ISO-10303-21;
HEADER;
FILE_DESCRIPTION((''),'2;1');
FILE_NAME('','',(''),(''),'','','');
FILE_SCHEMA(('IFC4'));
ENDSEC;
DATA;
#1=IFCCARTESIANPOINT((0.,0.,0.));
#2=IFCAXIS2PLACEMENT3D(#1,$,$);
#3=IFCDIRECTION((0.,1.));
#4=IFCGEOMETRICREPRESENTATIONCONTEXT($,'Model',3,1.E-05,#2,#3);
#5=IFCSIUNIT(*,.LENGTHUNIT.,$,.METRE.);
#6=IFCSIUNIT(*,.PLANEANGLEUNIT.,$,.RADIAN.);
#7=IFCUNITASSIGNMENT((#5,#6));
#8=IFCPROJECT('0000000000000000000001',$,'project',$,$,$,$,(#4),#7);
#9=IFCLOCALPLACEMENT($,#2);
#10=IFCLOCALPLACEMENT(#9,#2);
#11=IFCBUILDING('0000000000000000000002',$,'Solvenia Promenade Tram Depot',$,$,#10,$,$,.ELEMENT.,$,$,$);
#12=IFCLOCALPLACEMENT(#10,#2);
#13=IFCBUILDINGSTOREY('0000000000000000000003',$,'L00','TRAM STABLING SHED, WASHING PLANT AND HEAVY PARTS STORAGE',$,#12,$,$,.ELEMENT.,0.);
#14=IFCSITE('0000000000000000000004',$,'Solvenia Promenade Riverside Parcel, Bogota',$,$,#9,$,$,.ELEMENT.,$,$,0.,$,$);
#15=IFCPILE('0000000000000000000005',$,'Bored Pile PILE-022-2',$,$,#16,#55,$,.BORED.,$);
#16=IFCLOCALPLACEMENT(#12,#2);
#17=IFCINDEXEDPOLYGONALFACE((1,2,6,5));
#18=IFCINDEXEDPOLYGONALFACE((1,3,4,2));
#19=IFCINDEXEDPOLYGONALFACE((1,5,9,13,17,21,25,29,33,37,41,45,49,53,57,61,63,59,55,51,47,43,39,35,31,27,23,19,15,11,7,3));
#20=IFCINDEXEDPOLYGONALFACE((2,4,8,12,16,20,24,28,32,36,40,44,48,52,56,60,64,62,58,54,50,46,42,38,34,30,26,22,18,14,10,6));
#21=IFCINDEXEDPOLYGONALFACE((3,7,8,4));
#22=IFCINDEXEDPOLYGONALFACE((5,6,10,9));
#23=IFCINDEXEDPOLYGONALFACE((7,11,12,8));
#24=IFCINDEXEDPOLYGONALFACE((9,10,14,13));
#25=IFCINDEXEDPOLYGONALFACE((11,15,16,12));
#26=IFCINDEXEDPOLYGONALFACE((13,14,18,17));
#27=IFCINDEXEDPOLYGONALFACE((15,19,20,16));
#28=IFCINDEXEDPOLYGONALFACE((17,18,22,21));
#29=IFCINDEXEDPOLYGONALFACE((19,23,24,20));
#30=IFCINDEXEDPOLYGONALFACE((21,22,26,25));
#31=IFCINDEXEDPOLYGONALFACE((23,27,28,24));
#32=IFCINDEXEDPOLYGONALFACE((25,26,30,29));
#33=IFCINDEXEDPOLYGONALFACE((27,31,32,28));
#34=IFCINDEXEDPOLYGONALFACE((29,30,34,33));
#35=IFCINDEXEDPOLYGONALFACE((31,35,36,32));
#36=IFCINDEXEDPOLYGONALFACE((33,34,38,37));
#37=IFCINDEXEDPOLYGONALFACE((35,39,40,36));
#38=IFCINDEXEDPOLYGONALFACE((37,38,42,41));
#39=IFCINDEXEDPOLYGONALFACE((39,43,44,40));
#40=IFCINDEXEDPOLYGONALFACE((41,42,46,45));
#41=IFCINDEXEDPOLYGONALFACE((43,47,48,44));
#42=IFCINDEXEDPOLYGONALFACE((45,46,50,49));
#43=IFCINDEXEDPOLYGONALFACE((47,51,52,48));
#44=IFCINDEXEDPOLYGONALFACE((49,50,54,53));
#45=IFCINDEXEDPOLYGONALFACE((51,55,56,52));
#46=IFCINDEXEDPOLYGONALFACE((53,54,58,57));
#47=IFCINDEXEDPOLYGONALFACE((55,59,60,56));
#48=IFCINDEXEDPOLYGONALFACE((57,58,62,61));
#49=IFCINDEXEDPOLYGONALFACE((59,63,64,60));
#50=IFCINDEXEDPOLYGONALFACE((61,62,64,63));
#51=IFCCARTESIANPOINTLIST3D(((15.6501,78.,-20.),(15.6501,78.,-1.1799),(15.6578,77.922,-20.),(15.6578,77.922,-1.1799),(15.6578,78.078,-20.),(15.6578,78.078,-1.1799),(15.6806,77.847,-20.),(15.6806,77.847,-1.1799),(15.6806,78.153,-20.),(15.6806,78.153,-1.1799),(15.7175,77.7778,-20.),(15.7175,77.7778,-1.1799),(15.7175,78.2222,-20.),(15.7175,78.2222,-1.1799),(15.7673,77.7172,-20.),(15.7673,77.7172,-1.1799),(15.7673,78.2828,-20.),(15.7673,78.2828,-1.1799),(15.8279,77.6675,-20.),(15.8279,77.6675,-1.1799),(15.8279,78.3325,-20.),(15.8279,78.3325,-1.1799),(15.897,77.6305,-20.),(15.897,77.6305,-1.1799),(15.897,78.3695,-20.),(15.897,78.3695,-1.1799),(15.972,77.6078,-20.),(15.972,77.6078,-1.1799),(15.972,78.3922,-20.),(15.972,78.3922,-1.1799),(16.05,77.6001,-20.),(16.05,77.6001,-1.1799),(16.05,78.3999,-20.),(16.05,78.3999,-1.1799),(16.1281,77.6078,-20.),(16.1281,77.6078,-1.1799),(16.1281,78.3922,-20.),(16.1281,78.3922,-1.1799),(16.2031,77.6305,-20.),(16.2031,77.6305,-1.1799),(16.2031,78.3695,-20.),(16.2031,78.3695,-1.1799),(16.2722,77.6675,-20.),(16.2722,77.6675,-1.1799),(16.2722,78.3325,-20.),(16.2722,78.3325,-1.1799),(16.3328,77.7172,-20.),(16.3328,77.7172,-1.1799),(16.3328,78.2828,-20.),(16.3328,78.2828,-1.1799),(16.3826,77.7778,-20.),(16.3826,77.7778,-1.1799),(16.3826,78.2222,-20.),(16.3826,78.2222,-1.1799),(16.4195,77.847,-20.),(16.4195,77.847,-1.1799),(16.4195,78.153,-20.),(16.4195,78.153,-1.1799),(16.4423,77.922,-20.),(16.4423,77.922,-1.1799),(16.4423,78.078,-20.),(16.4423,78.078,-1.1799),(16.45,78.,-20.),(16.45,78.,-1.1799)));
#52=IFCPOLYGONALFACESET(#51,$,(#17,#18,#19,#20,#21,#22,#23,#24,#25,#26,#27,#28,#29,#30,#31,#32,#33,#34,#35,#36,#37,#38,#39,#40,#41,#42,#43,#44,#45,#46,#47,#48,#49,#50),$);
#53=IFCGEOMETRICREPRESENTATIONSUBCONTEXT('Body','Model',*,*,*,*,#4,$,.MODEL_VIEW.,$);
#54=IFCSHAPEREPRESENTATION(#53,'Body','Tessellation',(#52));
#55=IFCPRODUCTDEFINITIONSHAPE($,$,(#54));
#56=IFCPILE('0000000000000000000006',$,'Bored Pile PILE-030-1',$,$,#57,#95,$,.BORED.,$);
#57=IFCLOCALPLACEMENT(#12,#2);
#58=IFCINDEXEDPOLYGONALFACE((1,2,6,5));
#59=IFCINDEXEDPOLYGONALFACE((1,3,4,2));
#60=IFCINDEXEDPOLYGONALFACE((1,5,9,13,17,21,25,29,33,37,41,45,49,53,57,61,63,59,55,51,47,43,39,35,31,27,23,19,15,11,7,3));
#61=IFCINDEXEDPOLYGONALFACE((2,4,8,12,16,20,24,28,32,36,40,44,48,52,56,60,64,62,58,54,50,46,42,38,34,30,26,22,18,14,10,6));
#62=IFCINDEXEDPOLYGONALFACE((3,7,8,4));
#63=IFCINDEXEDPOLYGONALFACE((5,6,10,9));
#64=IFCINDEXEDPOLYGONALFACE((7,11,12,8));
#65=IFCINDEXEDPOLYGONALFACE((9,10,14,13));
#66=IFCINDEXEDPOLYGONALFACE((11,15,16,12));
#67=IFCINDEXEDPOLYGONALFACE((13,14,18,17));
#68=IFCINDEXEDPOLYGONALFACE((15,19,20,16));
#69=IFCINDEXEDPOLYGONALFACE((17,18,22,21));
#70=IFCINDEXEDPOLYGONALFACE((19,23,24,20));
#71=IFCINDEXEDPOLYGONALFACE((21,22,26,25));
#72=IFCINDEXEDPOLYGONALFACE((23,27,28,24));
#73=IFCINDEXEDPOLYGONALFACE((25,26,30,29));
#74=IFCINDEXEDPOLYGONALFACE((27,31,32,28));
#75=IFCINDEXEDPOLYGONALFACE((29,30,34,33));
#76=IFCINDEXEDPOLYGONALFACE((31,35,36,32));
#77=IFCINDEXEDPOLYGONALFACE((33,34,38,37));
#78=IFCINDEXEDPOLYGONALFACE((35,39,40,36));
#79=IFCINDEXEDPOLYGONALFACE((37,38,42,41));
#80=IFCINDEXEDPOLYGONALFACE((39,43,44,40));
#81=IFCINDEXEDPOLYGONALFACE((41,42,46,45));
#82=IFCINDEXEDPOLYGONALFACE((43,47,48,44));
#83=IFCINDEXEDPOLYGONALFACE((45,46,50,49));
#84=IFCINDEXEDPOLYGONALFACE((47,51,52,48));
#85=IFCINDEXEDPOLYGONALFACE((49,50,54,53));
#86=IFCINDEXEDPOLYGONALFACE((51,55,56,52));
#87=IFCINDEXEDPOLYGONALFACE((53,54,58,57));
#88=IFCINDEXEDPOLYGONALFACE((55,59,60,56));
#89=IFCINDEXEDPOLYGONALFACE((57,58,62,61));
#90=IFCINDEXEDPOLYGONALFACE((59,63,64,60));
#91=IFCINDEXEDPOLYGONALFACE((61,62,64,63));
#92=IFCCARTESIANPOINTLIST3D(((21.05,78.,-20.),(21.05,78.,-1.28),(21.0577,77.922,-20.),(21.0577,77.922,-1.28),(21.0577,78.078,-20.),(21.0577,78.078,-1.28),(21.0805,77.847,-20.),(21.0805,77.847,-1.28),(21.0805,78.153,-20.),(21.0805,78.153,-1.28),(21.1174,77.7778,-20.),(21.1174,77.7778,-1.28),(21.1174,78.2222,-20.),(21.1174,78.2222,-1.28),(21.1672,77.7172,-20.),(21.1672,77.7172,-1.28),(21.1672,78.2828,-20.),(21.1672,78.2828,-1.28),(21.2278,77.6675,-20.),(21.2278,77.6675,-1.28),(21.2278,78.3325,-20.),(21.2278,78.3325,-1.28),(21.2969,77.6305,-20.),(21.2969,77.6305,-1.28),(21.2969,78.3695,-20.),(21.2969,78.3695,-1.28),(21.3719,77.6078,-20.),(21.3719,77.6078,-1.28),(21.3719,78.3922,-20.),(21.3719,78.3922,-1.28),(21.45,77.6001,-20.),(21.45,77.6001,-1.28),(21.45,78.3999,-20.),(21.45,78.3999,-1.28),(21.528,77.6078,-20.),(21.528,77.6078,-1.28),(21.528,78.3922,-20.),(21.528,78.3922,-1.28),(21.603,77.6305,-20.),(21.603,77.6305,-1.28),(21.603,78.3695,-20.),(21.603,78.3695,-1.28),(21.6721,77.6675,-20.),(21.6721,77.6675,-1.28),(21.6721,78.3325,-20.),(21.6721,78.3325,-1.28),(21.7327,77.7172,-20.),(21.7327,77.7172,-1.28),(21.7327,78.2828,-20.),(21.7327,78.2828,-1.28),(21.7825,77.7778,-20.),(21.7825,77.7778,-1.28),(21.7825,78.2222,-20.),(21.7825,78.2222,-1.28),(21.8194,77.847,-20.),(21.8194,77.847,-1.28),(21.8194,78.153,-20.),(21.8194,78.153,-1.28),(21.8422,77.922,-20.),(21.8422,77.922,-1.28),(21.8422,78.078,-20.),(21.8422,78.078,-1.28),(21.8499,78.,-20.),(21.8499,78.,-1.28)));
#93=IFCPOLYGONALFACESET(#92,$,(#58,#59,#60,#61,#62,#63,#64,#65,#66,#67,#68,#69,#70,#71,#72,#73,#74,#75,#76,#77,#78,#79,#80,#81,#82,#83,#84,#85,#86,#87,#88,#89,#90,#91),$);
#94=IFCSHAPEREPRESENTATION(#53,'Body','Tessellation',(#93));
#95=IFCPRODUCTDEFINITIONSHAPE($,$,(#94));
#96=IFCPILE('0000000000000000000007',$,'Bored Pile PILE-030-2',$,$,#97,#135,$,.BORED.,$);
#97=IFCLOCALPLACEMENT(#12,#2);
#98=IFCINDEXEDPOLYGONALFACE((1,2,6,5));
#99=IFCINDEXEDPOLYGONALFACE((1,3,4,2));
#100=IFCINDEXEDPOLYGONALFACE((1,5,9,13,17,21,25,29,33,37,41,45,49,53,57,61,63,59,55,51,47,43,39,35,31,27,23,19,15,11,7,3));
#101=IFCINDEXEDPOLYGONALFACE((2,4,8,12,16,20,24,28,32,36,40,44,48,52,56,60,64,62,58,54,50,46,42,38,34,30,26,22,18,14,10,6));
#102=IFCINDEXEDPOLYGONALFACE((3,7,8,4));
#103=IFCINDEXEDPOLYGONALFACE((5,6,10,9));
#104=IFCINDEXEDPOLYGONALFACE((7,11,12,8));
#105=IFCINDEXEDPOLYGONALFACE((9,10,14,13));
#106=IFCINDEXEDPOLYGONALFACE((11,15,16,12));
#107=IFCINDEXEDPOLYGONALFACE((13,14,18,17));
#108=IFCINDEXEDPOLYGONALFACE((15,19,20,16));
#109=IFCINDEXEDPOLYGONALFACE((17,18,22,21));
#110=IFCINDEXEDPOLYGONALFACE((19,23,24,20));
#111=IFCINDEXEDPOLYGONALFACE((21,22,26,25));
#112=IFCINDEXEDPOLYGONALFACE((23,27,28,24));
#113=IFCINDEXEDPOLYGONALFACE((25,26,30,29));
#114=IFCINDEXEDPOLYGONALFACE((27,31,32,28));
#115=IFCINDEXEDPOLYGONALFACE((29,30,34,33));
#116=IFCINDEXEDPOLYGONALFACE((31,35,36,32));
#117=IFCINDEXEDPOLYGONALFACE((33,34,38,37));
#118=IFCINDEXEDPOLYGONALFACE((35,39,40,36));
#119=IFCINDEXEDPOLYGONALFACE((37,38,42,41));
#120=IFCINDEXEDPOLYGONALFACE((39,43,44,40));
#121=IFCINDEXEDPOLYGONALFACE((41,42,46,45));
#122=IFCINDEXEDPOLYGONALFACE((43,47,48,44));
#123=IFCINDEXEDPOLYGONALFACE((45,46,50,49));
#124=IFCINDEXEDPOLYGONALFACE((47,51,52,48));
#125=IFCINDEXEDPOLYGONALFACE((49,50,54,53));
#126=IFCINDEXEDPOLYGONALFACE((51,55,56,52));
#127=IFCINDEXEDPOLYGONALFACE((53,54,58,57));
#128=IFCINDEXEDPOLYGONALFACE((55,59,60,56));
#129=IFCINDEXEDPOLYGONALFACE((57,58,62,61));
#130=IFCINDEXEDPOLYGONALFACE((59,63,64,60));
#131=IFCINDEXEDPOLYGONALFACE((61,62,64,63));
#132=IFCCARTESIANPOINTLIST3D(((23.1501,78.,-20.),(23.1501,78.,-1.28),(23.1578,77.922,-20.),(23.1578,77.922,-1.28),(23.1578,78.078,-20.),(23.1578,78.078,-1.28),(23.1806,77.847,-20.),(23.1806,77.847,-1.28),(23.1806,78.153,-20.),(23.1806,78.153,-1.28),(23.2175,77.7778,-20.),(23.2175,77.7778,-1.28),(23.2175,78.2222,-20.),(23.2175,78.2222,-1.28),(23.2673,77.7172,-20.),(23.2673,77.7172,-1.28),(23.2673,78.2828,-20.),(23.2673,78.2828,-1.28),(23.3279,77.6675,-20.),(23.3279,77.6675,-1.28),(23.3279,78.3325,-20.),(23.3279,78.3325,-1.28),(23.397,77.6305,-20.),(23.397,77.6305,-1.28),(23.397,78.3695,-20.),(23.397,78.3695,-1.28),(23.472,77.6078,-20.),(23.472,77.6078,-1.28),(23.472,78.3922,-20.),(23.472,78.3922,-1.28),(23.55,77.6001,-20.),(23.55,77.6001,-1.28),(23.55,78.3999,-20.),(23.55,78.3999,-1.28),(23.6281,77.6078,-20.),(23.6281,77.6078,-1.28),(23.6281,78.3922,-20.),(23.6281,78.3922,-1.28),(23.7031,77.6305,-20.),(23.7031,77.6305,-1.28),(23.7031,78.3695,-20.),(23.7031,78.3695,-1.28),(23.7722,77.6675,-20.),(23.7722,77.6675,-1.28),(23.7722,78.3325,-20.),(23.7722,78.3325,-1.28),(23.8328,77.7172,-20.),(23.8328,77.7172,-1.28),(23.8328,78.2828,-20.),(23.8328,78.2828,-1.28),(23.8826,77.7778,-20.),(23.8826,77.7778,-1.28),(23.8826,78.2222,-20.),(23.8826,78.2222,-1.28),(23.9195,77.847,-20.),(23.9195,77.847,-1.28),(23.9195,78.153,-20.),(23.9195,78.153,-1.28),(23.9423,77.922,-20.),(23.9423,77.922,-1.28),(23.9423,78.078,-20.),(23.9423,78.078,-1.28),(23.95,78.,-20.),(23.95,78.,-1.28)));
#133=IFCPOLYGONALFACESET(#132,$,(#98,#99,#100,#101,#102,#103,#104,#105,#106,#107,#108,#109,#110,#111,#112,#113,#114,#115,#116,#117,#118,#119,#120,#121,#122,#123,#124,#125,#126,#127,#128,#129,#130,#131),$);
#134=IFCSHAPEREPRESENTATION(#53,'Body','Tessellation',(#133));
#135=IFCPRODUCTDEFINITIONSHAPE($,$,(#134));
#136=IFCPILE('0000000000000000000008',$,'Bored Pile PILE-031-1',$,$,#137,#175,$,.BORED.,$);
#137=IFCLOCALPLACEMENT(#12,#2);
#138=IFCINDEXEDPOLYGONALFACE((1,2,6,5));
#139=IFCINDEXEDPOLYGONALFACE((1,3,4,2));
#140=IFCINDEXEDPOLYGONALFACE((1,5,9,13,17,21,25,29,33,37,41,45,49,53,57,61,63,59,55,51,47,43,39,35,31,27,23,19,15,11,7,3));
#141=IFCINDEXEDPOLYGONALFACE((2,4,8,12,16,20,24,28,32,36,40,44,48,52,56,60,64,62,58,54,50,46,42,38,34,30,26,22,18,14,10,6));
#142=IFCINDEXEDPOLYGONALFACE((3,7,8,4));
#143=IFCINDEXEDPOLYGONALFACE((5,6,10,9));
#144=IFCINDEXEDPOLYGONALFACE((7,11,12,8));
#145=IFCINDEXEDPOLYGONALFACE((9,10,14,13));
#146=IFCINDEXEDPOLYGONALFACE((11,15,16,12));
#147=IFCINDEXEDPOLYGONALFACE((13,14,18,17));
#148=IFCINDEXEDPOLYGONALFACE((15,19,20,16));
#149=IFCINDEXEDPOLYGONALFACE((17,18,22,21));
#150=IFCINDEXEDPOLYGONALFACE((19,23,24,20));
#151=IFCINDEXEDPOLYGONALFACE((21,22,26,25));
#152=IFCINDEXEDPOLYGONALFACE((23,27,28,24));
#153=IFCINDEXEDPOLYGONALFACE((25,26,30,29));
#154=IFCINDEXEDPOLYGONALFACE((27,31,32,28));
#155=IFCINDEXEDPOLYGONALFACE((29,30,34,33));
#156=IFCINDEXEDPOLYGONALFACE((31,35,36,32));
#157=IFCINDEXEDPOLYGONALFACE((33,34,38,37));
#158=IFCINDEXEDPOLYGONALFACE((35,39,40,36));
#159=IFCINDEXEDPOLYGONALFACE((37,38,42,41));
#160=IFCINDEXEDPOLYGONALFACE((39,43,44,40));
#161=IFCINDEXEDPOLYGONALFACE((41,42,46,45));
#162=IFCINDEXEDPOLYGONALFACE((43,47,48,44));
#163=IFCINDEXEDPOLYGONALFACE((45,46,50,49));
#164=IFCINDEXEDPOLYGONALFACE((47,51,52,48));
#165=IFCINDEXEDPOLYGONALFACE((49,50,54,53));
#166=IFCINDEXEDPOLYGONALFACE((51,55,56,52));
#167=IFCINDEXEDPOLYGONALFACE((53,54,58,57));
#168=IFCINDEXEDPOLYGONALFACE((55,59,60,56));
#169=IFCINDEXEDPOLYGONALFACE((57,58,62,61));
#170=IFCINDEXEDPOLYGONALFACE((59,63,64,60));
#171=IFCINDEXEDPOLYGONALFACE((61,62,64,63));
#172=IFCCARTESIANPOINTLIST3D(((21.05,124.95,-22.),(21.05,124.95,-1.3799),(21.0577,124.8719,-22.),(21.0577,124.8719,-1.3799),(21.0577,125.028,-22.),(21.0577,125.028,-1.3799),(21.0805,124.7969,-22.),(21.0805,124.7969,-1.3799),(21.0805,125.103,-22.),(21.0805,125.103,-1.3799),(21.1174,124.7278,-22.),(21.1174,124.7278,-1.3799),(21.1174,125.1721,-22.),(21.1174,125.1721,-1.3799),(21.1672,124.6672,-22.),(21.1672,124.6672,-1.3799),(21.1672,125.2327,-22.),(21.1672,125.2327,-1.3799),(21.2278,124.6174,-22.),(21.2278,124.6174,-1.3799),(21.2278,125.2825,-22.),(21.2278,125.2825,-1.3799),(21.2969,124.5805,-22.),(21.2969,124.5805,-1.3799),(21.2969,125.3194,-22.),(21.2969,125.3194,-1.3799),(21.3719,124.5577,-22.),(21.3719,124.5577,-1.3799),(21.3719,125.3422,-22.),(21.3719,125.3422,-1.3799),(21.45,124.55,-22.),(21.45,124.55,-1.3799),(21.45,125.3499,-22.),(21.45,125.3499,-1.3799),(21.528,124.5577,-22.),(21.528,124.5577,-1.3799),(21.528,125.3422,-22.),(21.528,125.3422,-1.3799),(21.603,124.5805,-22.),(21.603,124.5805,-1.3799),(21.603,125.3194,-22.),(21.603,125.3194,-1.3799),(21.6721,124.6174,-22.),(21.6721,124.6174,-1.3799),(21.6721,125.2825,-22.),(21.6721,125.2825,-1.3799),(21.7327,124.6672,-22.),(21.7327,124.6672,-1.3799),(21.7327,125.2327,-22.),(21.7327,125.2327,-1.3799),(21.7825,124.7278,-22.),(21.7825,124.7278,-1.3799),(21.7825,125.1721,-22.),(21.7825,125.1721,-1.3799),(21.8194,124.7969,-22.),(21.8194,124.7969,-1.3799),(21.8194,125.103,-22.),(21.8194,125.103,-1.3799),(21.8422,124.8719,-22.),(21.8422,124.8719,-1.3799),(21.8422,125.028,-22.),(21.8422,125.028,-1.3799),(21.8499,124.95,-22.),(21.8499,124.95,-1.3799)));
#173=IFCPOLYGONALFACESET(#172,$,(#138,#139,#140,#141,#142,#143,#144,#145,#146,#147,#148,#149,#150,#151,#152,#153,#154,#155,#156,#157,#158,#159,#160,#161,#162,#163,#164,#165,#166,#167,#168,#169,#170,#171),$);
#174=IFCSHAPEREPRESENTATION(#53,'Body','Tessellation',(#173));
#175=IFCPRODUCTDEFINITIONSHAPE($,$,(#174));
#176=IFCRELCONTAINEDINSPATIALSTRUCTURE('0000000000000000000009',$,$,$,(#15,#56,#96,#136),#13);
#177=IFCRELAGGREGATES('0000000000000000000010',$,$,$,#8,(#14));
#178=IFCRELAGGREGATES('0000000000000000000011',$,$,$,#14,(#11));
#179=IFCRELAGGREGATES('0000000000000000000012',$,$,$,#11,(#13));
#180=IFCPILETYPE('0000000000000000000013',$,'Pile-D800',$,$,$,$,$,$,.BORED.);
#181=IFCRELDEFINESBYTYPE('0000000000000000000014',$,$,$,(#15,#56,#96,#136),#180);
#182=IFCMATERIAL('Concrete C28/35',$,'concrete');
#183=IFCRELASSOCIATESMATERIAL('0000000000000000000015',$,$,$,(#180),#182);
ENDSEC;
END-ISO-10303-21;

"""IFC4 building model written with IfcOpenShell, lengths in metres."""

from ifc_helpers import new_model, si_unit, direction, frame, origin, origin_2d, place, context, subcontext, project, spatial, circle, extrude, material, material_profile, profile_set, type_object, element, save


model = new_model("IFC4")

# Units and contexts
model_context = context("Model", 3, precision=1e-05, world=origin(), true_north=direction((0.0, 1.0)))
body_context = subcontext(model_context, "Body", "Model", "MODEL_VIEW")
ifc_project = project(units=[si_unit("LENGTHUNIT", "METRE"), si_unit("PLANEANGLEUNIT", "RADIAN")], contexts=[model_context])

# Site, building, storey
site_placement = place(None, origin())
site = spatial("IfcSite", under=ifc_project, at=site_placement, Name="Solvenia Promenade Riverside Parcel, Bogota", CompositionType="ELEMENT", RefElevation=0.0)
building_placement = place(site_placement, origin())
building = spatial("IfcBuilding", under=site, at=building_placement, Name="Solvenia Promenade Tram Depot", CompositionType="ELEMENT")
storey_placement = place(building_placement, origin())
storey = spatial("IfcBuildingStorey", under=building, at=storey_placement, Name="L00", Description="TRAM STABLING SHED, WASHING PLANT AND HEAVY PARTS STORAGE", CompositionType="ELEMENT", Elevation=0.0)

# Shared definitions
ifc_material_1 = material(Name="Concrete C28/35", Category="concrete")

# Piles
ifc_material_profile_1 = material_profile(ifc_material_1, circle(Radius=0.3999, at=origin_2d()), Name="D800", Category="concrete")
ifc_profile_set_1 = profile_set([ifc_material_profile_1], Name="Concrete C28/35")
pile_type_1 = type_object("IfcPileType", Name="Pile-D800", PredefinedType="BORED", material=ifc_profile_set_1)
pile_placement = place(storey_placement, frame((16.05, 78.0, -1.1799), z_axis=(0.0, 0.0, -1.0), x_axis=(1.0, 0.0, 0.0)))
element("IfcPile", 1, at=pile_placement, inside=storey, type_object=pile_type_1, Name="Bored Pile PILE-022-2", PredefinedType="BORED", context=body_context, shape_type="SweptSolid", body=[
    extrude(circle(Radius=0.3999, at=origin_2d()), origin(), (0.0, 0.0, 1.0), 18.8201),
])
for number, where, z_axis, x_axis, name in (
    (2, (21.45, 78.0, -1.28), (0.0, 0.0, -1.0), (1.0, 0.0, 0.0), "Bored Pile PILE-030-1"),
    (3, (23.55, 78.0, -1.28), (0.0, 0.0, -1.0), (1.0, 0.0, 0.0), "Bored Pile PILE-030-2"),
):
    element("IfcPile", number, at=place(storey_placement, frame(where, z_axis=z_axis, x_axis=x_axis)), inside=storey, type_object=pile_type_1, Name=name, PredefinedType="BORED", context=body_context, shape_type="SweptSolid", body=[
        extrude(circle(Radius=0.3999, at=origin_2d()), origin(), (0.0, 0.0, 1.0), 18.72),
    ])
for number, where, z_axis, x_axis, name in (
    (4, (21.45, 124.95, -1.3799), (0.0, 0.0, -1.0), (1.0, 0.0, 0.0), "Bored Pile PILE-031-1"),
):
    element("IfcPile", number, at=place(storey_placement, frame(where, z_axis=z_axis, x_axis=x_axis)), inside=storey, type_object=pile_type_1, Name=name, PredefinedType="BORED", context=body_context, shape_type="SweptSolid", body=[
        extrude(circle(Radius=0.3999, at=origin_2d()), origin(), (0.0, 0.0, 1.0), 20.6201),
    ])

save(model, "model.ifc")
